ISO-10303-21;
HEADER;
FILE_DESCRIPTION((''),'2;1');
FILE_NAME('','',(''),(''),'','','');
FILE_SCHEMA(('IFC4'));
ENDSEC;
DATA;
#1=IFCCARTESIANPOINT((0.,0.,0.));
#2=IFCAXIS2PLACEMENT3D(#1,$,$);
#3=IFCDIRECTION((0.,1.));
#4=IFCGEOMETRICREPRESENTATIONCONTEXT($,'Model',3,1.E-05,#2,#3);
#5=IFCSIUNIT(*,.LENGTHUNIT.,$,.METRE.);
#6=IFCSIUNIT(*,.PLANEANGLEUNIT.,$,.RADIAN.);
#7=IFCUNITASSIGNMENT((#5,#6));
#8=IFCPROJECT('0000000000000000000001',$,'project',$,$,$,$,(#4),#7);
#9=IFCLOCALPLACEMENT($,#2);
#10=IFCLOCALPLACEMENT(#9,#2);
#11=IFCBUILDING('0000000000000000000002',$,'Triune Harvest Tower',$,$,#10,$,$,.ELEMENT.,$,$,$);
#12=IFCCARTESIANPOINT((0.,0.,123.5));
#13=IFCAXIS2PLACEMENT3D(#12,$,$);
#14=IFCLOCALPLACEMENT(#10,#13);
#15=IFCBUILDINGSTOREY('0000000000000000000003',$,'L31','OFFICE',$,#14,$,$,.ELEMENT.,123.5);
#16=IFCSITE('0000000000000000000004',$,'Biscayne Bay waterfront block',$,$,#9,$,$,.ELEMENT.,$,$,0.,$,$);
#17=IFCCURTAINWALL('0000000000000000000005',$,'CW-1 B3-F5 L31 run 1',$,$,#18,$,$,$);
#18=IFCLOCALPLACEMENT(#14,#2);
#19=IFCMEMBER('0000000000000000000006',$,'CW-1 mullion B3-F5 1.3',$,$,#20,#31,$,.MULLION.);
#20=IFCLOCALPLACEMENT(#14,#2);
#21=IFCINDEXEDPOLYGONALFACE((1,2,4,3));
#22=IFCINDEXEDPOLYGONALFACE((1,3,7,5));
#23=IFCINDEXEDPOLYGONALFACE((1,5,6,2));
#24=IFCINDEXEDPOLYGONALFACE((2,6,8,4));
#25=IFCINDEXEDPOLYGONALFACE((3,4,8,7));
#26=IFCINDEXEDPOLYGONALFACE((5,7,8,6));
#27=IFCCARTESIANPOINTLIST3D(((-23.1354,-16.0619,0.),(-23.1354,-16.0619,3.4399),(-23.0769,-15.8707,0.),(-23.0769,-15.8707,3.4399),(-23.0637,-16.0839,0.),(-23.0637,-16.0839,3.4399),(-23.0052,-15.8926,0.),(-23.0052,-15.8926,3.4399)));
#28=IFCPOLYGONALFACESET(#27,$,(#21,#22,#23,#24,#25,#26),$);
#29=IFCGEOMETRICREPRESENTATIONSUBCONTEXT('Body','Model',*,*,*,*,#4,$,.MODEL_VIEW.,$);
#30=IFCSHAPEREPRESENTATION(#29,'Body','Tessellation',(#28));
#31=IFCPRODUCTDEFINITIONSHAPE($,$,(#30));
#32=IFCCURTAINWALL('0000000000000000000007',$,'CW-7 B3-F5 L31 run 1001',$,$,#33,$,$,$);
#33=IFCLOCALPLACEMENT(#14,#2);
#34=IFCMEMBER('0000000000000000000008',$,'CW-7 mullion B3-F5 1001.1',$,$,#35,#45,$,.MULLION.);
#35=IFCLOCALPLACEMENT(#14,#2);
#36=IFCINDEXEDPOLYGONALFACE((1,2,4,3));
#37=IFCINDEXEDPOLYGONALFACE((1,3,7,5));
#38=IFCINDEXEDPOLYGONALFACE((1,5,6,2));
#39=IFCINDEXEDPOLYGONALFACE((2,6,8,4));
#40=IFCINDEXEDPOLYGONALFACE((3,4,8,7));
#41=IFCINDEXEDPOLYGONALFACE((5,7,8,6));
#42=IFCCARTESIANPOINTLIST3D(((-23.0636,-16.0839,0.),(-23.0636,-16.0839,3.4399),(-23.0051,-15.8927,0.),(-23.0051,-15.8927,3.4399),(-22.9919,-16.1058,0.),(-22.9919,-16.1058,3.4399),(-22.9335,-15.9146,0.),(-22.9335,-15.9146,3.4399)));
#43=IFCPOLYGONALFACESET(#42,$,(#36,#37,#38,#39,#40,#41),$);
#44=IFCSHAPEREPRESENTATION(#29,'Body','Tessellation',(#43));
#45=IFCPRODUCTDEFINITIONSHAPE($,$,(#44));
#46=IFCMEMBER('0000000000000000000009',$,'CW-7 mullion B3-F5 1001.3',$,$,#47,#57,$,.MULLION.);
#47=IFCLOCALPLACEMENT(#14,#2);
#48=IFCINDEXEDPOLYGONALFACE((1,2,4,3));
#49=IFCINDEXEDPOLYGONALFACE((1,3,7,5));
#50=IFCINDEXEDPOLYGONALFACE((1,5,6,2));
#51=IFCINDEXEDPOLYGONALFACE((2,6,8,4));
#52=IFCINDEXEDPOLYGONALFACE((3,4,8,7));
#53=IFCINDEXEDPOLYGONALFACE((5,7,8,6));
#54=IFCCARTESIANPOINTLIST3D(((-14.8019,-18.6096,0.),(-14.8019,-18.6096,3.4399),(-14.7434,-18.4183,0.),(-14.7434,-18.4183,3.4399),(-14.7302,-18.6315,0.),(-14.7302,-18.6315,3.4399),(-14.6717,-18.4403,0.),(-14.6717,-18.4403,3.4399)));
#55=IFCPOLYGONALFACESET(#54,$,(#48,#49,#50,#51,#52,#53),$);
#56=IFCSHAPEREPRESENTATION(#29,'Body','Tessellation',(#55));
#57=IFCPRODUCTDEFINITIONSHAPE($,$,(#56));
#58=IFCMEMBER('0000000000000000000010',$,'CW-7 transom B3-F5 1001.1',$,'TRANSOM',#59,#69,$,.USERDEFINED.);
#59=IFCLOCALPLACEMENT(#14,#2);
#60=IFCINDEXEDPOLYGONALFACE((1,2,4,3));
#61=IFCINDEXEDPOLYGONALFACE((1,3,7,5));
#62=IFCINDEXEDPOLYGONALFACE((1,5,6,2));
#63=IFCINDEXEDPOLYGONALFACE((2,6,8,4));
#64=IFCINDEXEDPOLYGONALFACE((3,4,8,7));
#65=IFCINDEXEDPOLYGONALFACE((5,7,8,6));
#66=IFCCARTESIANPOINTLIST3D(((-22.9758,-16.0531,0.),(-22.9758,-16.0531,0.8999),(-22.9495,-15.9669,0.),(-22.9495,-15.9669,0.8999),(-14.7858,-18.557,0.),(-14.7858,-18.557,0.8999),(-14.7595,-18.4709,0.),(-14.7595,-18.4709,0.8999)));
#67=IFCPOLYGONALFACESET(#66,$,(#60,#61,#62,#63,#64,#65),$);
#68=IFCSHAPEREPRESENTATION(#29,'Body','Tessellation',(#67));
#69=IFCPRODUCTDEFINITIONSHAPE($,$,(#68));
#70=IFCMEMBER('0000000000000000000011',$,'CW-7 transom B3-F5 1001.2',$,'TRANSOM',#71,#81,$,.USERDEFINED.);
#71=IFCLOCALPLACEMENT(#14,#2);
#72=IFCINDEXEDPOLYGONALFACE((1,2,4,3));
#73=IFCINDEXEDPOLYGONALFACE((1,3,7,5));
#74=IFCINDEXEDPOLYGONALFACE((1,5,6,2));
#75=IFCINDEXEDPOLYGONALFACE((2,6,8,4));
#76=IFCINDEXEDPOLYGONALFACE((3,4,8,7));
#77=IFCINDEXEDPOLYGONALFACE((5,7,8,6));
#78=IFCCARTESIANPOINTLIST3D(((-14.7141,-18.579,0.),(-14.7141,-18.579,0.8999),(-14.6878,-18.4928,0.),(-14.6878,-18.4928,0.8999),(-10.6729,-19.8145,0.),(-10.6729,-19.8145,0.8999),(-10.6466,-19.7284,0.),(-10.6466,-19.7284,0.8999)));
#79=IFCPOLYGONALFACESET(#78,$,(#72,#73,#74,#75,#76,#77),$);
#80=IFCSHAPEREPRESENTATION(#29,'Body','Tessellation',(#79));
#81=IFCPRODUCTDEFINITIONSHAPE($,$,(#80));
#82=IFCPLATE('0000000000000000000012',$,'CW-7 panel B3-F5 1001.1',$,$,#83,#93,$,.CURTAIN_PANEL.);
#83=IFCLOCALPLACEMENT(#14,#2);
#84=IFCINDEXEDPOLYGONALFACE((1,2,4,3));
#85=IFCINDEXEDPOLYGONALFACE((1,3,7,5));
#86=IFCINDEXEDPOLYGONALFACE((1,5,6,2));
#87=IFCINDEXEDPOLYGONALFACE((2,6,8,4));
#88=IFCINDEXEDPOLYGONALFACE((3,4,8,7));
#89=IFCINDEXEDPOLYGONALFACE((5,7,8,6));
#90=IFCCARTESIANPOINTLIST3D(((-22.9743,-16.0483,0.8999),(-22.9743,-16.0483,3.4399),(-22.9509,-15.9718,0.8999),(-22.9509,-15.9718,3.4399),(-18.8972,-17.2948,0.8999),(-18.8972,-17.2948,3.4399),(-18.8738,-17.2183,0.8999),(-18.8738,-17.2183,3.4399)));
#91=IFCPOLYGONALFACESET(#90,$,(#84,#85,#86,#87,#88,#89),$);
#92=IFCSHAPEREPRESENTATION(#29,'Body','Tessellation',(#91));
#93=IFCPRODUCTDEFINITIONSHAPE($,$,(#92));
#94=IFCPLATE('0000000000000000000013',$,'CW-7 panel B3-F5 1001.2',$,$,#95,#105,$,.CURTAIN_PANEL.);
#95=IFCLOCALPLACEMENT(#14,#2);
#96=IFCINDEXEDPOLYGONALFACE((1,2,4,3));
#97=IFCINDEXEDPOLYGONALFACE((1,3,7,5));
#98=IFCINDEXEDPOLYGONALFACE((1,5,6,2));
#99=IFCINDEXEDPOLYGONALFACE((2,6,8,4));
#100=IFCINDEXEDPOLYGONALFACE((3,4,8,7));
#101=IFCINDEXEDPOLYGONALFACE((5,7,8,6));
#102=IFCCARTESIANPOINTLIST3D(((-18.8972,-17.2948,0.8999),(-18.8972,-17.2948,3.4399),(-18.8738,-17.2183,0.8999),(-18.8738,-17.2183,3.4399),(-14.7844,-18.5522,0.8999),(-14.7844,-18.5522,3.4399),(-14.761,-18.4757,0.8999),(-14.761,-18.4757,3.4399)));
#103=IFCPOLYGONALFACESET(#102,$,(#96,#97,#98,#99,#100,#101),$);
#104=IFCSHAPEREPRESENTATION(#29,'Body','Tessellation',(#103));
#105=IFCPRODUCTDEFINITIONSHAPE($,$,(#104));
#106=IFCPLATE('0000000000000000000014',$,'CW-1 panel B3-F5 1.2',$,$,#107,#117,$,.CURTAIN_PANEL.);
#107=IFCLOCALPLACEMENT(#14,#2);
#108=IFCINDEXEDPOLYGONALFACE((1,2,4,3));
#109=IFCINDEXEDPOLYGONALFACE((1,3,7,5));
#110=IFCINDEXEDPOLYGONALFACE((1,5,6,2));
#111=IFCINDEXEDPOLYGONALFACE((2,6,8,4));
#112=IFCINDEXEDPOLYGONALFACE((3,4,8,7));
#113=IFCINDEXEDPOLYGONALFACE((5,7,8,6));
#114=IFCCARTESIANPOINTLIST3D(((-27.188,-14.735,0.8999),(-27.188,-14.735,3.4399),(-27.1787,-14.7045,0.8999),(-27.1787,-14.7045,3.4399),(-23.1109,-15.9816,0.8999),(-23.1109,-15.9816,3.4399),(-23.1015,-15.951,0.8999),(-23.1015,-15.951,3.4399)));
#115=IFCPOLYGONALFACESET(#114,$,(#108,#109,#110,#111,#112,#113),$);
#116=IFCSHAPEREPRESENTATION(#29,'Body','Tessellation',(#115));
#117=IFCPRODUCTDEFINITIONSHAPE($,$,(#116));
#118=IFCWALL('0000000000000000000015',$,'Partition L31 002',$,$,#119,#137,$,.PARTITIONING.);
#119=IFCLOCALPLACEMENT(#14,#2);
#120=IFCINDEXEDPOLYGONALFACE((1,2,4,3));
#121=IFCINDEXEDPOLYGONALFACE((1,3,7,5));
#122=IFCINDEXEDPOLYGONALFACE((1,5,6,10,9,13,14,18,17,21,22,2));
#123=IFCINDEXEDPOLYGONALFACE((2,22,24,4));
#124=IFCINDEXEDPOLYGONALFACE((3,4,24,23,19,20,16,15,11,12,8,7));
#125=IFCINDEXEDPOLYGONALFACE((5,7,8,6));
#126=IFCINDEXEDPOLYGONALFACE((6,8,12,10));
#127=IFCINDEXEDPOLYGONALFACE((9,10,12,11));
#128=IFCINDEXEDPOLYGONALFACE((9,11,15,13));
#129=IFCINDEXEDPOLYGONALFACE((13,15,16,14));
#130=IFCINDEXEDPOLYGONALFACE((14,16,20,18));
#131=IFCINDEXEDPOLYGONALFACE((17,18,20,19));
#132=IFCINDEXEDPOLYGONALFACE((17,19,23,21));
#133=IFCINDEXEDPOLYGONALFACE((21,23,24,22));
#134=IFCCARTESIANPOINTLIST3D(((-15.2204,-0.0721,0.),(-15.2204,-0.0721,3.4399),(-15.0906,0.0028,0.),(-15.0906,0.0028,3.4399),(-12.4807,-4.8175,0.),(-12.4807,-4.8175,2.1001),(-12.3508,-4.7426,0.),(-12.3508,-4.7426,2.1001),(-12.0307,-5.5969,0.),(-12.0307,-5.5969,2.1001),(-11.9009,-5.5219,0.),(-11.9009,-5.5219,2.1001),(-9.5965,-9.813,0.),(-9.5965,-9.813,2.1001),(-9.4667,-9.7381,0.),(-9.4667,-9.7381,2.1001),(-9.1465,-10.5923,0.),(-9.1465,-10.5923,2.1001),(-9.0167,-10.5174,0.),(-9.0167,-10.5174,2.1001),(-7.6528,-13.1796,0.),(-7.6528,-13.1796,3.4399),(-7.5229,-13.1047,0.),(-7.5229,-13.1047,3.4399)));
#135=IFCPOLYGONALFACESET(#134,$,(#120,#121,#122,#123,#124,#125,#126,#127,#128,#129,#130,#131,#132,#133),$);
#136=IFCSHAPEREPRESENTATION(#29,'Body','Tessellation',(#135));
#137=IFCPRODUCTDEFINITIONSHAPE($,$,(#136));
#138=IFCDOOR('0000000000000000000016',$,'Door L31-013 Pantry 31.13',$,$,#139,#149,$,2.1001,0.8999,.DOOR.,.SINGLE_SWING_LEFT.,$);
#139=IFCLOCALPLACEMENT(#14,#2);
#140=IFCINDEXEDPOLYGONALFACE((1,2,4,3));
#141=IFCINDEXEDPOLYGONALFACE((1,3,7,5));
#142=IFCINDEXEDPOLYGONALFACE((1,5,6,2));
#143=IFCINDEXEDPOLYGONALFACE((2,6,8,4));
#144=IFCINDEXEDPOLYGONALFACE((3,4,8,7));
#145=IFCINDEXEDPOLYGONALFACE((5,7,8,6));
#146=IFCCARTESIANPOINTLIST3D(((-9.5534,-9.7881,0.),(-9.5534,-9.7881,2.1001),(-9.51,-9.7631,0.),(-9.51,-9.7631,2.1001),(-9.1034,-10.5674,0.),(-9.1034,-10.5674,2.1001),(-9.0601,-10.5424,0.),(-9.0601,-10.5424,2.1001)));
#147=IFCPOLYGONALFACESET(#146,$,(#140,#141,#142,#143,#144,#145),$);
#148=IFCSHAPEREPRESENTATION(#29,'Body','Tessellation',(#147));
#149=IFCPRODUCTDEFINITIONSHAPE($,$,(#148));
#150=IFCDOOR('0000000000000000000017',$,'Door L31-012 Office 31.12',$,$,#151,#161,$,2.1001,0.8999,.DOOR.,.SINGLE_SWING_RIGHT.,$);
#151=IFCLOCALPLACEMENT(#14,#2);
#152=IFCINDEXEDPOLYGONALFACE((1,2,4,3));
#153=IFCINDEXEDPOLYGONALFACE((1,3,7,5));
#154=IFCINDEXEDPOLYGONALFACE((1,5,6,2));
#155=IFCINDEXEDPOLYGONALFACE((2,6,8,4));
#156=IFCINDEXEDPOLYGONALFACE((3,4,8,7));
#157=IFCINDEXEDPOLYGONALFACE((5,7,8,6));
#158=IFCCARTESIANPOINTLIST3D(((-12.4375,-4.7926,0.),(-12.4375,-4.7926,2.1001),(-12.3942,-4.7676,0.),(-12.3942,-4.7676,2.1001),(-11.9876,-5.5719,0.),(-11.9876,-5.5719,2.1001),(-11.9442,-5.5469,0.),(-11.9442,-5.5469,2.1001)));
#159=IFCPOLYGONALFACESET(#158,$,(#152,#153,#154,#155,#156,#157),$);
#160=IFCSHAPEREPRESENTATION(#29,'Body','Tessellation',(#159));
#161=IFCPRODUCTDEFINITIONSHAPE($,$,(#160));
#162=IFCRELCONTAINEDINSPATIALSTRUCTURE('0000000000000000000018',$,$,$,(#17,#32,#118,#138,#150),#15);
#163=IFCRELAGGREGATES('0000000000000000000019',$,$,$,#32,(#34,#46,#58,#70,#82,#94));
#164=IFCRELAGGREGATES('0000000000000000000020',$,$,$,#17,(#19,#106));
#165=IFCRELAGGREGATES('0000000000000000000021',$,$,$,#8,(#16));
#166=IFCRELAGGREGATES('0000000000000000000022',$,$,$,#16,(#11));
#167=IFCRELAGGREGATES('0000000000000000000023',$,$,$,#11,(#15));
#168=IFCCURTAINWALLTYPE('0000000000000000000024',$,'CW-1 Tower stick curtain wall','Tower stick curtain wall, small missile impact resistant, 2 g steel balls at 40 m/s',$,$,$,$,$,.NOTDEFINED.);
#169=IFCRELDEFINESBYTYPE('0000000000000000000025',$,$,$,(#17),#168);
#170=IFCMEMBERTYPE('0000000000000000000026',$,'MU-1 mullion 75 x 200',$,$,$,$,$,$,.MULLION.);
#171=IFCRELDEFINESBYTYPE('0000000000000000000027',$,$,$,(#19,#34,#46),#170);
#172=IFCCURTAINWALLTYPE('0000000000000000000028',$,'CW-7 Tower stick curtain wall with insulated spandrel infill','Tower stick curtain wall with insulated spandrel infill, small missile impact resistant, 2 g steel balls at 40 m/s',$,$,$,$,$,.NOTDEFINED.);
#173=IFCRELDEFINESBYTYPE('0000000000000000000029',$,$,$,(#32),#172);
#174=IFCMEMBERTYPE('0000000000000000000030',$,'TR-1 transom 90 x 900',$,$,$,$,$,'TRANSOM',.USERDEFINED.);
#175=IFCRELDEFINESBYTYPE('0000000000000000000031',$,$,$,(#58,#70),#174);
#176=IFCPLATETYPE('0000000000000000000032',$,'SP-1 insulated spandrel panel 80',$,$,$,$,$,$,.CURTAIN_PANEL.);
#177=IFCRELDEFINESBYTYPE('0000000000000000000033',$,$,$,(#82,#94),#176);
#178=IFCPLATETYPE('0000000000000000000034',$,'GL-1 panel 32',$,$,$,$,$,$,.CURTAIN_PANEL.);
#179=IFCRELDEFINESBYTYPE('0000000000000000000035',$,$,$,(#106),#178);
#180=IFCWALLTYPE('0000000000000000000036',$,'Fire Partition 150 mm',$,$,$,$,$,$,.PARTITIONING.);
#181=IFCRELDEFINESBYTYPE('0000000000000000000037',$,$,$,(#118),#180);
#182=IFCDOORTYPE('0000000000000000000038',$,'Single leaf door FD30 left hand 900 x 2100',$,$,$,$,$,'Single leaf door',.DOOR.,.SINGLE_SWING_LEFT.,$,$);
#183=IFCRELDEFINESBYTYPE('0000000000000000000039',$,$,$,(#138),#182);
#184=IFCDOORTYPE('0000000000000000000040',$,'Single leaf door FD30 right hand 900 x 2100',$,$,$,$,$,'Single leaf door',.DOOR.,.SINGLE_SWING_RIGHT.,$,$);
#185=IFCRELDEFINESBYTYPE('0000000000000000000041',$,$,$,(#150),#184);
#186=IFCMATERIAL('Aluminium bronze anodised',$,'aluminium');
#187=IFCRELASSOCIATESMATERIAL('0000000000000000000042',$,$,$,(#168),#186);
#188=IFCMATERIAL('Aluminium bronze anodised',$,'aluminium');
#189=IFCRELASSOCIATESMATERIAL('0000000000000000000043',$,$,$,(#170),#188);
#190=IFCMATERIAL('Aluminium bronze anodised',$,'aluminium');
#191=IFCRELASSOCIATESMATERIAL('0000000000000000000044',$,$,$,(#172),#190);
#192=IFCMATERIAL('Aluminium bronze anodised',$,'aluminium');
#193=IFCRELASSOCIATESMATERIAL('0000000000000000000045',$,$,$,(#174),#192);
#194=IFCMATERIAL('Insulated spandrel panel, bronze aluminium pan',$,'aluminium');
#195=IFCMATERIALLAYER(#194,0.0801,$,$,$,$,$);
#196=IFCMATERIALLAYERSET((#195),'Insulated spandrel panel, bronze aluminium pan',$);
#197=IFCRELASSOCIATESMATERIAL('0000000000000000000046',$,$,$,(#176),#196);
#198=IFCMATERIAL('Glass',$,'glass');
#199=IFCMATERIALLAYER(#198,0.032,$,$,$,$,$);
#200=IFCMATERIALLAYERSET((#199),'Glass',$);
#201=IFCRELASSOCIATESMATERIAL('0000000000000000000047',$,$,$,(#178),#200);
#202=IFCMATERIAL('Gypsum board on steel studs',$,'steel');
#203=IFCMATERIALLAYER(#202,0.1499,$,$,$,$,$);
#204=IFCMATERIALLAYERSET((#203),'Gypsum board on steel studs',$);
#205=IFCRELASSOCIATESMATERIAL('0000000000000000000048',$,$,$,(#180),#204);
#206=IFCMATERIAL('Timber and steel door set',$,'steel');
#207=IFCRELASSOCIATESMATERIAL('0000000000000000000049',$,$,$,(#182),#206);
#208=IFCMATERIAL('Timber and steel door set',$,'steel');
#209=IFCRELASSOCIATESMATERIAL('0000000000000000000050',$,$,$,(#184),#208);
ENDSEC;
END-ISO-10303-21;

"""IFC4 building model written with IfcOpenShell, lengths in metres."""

from ifc_helpers import new_model, si_unit, direction, frame, frame_2d, origin, origin_2d, place, context, subcontext, project, spatial, rectangle, extrude, source, transform, mapped, material, layer, layer_set, material_profile, profile_set, type_object, element, fill, aggregate, save


model = new_model("IFC4")

# Units and contexts
model_context = context("Model", 3, precision=1e-05, world=origin(), true_north=direction((0.0, 1.0)))
body_context = subcontext(model_context, "Body", "Model", "MODEL_VIEW")
ifc_project = project(units=[si_unit("LENGTHUNIT", "METRE"), si_unit("PLANEANGLEUNIT", "RADIAN")], contexts=[model_context])

# Site, building, storey
site_placement = place(None, origin())
site = spatial("IfcSite", under=ifc_project, at=site_placement, Name="Biscayne Bay waterfront block", CompositionType="ELEMENT", RefElevation=0.0)
building_placement = place(site_placement, origin())
building = spatial("IfcBuilding", under=site, at=building_placement, Name="Triune Harvest Tower", CompositionType="ELEMENT")
storey_placement = place(building_placement, frame((0.0, 0.0, 123.5)))
storey = spatial("IfcBuildingStorey", under=building, at=storey_placement, Name="L31", Description="OFFICE", CompositionType="ELEMENT", Elevation=123.5)

# Curtain wall, member
ifc_material_1 = material(Name="Aluminium bronze anodised", Category="aluminium")
curtain_wall_type_1 = type_object("IfcCurtainWallType", Name="CW-1 Tower stick curtain wall", Description="Tower stick curtain wall, small missile impact resistant, 2 g steel balls at 40 m/s", PredefinedType="NOTDEFINED", material=ifc_material_1)
curtain_wall_1_placement = place(storey_placement, origin())
curtain_wall_1 = element("IfcCurtainWall", 1, at=curtain_wall_1_placement, inside=storey, type_object=curtain_wall_type_1, Name="CW-1 B3-F5 L31 run 1")
ifc_material_2 = material(Name="Aluminium bronze anodised", Category="aluminium")
ifc_material_profile_1 = material_profile(ifc_material_2, rectangle(XDim=0.2, YDim=0.075, at=origin_2d()), Name="MU-1 mullion 75 x 200")
ifc_profile_set_1 = profile_set([ifc_material_profile_1], Name="Aluminium bronze anodised")
member_type_1 = type_object("IfcMemberType", Name="MU-1 mullion 75 x 200", PredefinedType="MULLION", material=ifc_profile_set_1)
shared_shape_1 = source(origin(), body_context, "Body", "SweptSolid", [
    extrude(rectangle(XDim=0.2, YDim=0.075, at=origin_2d()), origin(), (0.0, 0.0, 1.0), 3.4399),
])
member_1_placement = place(storey_placement, frame((-23.0703, -15.9773, 0.0), z_axis=(0.0, 0.0, 1.0), x_axis=(0.292377, 0.956303, 0.0)))
member_1 = element("IfcMember", 2, at=member_1_placement, type_object=member_type_1, Name="CW-1 mullion B3-F5 1.3", PredefinedType="MULLION", context=body_context, shape_type="MappedRepresentation", body=[
    mapped(shared_shape_1, transform((0.0, 0.0, 0.0), scale=1.0)),
])

# Curtain wall, members, plates
ifc_material_3 = material(Name="Aluminium bronze anodised", Category="aluminium")
curtain_wall_type_2 = type_object("IfcCurtainWallType", Name="CW-7 Tower stick curtain wall with insulated spandrel infill", Description="Tower stick curtain wall with insulated spandrel infill, small missile impact resistant, 2 g steel balls at 40 m/s", PredefinedType="NOTDEFINED", material=ifc_material_3)
curtain_wall_2_placement = place(storey_placement, origin())
curtain_wall_2 = element("IfcCurtainWall", 3, at=curtain_wall_2_placement, inside=storey, type_object=curtain_wall_type_2, Name="CW-7 B3-F5 L31 run 1001")
member_2_placement = place(storey_placement, frame((-22.9985, -15.9993, 0.0), z_axis=(0.0, 0.0, 1.0), x_axis=(0.292368, 0.956306, 0.0)))
member_2 = element("IfcMember", 4, at=member_2_placement, type_object=member_type_1, Name="CW-7 mullion B3-F5 1001.1", PredefinedType="MULLION", context=body_context, shape_type="MappedRepresentation", body=[
    mapped(shared_shape_1, transform((0.0, 0.0, 0.0), scale=1.0)),
])
member_3_placement = place(storey_placement, frame((-14.7368, -18.5249, 0.0), z_axis=(0.0, 0.0, 1.0), x_axis=(0.292368, 0.956306, 0.0)))
member_3 = element("IfcMember", 5, at=member_3_placement, type_object=member_type_1, Name="CW-7 mullion B3-F5 1001.3", PredefinedType="MULLION", context=body_context, shape_type="MappedRepresentation", body=[
    mapped(shared_shape_1, transform((0.0, 0.0, 0.0), scale=1.0)),
])
ifc_material_4 = material(Name="Aluminium bronze anodised", Category="aluminium")
ifc_material_profile_2 = material_profile(ifc_material_4, rectangle(XDim=0.0901, YDim=0.8999, at=origin_2d()), Name="TR-1 transom 90 x 900")
ifc_profile_set_2 = profile_set([ifc_material_profile_2], Name="Aluminium bronze anodised")
member_type_2 = type_object("IfcMemberType", Name="TR-1 transom 90 x 900", ElementType="TRANSOM", PredefinedType="USERDEFINED", material=ifc_profile_set_2)
shared_shape_2 = source(origin(), body_context, "Body", "SweptSolid", [
    extrude(rectangle(XDim=0.0901, YDim=0.8999, at=origin_2d()), origin(), (0.0, 0.0, 1.0), 8.5642),
])
member_4_placement = place(storey_placement, frame((-22.9626, -16.01, 0.45), z_axis=(0.956305, -0.292371, 0.0), x_axis=(0.292371, 0.956305, 0.0)))
member_4 = element("IfcMember", 6, at=member_4_placement, type_object=member_type_2, Name="CW-7 transom B3-F5 1001.1", ObjectType="TRANSOM", PredefinedType="USERDEFINED", context=body_context, shape_type="MappedRepresentation", body=[
    mapped(shared_shape_2, transform((0.0, 0.0, 0.0), scale=1.0)),
])
shared_shape_3 = source(origin(), body_context, "Body", "SweptSolid", [
    extrude(rectangle(XDim=0.0901, YDim=0.8999, at=origin_2d()), origin(), (0.0, 0.0, 1.0), 4.2258),
])
member_5_placement = place(storey_placement, frame((-14.7009, -18.5359, 0.45), z_axis=(0.956301, -0.292384, 0.0), x_axis=(0.292384, 0.956301, 0.0)))
member_5 = element("IfcMember", 7, at=member_5_placement, type_object=member_type_2, Name="CW-7 transom B3-F5 1001.2", ObjectType="TRANSOM", PredefinedType="USERDEFINED", context=body_context, shape_type="MappedRepresentation", body=[
    mapped(shared_shape_3, transform((0.0, 0.0, 0.0), scale=1.0)),
])
ifc_material_5 = material(Name="Insulated spandrel panel, bronze aluminium pan", Category="aluminium")
ifc_layer_1 = layer(ifc_material_5, 0.0801)
ifc_layer_set_1 = layer_set([ifc_layer_1], Name="Insulated spandrel panel, bronze aluminium pan")
plate_type_1 = type_object("IfcPlateType", Name="SP-1 insulated spandrel panel 80", PredefinedType="CURTAIN_PANEL", material=ifc_layer_set_1)
shared_shape_4 = source(origin(), body_context, "Body", "SweptSolid", [
    extrude(rectangle(XDim=4.2634, YDim=0.0801, at=origin_2d()), origin(), (0.0, 0.0, 1.0), 2.54),
])
plate_1_placement = place(storey_placement, frame((-20.9241, -16.6333, 0.8999), z_axis=(0.0, 0.0, 1.0), x_axis=(0.956306, -0.292368, 0.0)))
plate_1 = element("IfcPlate", 8, at=plate_1_placement, type_object=plate_type_1, Name="CW-7 panel B3-F5 1001.1", PredefinedType="CURTAIN_PANEL", context=body_context, shape_type="MappedRepresentation", body=[
    mapped(shared_shape_4, transform((0.0, 0.0, 0.0), scale=1.0)),
])
shared_shape_5 = source(origin(), body_context, "Body", "SweptSolid", [
    extrude(rectangle(XDim=4.3008, YDim=0.0801, at=origin_2d()), origin(), (0.0, 0.0, 1.0), 2.54),
])
plate_2_placement = place(storey_placement, frame((-16.8291, -17.8853, 0.8999), z_axis=(0.0, 0.0, 1.0), x_axis=(0.956306, -0.292368, 0.0)))
plate_2 = element("IfcPlate", 9, at=plate_2_placement, type_object=plate_type_1, Name="CW-7 panel B3-F5 1001.2", PredefinedType="CURTAIN_PANEL", context=body_context, shape_type="MappedRepresentation", body=[
    mapped(shared_shape_5, transform((0.0, 0.0, 0.0), scale=1.0)),
])
aggregate(curtain_wall_2, [member_2, member_3, member_4, member_5, plate_1, plate_2])

# Plate
ifc_material_6 = material(Name="Glass", Category="glass")
ifc_layer_2 = layer(ifc_material_6, 0.032)
ifc_layer_set_2 = layer_set([ifc_layer_2], Name="Glass")
plate_type_2 = type_object("IfcPlateType", Name="GL-1 panel 32", PredefinedType="CURTAIN_PANEL", material=ifc_layer_set_2)
shared_shape_6 = source(origin(), body_context, "Body", "SweptSolid", [
    extrude(rectangle(XDim=4.2634, YDim=0.032, at=origin_2d()), origin(), (0.0, 0.0, 1.0), 2.54),
])
plate_3_placement = place(storey_placement, frame((-25.1448, -15.343, 0.8999), z_axis=(0.0, 0.0, 1.0), x_axis=(0.956303, -0.292377, 0.0)))
plate_3 = element("IfcPlate", 10, at=plate_3_placement, type_object=plate_type_2, Name="CW-1 panel B3-F5 1.2", PredefinedType="CURTAIN_PANEL", context=body_context, shape_type="MappedRepresentation", body=[
    mapped(shared_shape_6, transform((0.0, 0.0, 0.0), scale=1.0)),
])
aggregate(curtain_wall_1, [member_1, plate_3])

# Wall, openings, doors
ifc_material_7 = material(Name="Gypsum board on steel studs", Category="steel")
ifc_layer_3 = layer(ifc_material_7, 0.1499)
ifc_layer_set_3 = layer_set([ifc_layer_3], Name="Gypsum board on steel studs")
wall_type_1 = type_object("IfcWallType", Name="Fire Partition 150 mm", PredefinedType="PARTITIONING", material=ifc_layer_set_3)
wall_1_placement = place(storey_placement, frame((-15.1555, -0.0347, 0.0), z_axis=(0.0, 0.0, 1.0), x_axis=(0.500003, -0.866024, 0.0)))
wall_1 = element("IfcWall", 11, at=wall_1_placement, inside=storey, type_object=wall_type_1, Name="Partition L31 002", PredefinedType="PARTITIONING", context=body_context, shape_type="SweptSolid", body=[
    extrude(rectangle(XDim=15.1353, YDim=0.1499, at=frame_2d((7.5676, 0.0))), origin(), (0.0, 0.0, 1.0), 3.4399),
])
opening_1_placement = place(wall_1_placement, frame((5.4795, 0.0, 0.0)))
opening_1 = element("IfcOpeningElement", 12, at=opening_1_placement, cuts=wall_1, PredefinedType="OPENING", context=body_context, shape_type="SweptSolid", body=[
    extrude(rectangle(XDim=0.8999, YDim=2.1001, at=frame_2d((0.45, 1.05))), frame((0.0, 0.085, 0.0), z_axis=(0.0, -1.0, 0.0), x_axis=(1.0, 0.0, 0.0)), (0.0, 0.0, 1.0), 0.1699),
])
opening_2_placement = place(wall_1_placement, frame((11.2478, 0.0, 0.0)))
opening_2 = element("IfcOpeningElement", 13, at=opening_2_placement, cuts=wall_1, PredefinedType="OPENING", context=body_context, shape_type="SweptSolid", body=[
    extrude(rectangle(XDim=0.8999, YDim=2.1001, at=frame_2d((0.45, 1.05))), frame((0.0, 0.085, 0.0), z_axis=(0.0, -1.0, 0.0), x_axis=(1.0, 0.0, 0.0)), (0.0, 0.0, 1.0), 0.1699),
])
ifc_material_8 = material(Name="Timber and steel door set", Category="steel")
door_type_1 = type_object("IfcDoorType", Name="Single leaf door FD30 left hand 900 x 2100", ElementType="Single leaf door", OperationType="SINGLE_SWING_LEFT", PredefinedType="DOOR", material=ifc_material_8)
door_1_placement = place(opening_2_placement, origin())
door_1 = element("IfcDoor", 14, at=door_1_placement, inside=storey, type_object=door_type_1, Name="Door L31-013 Pantry 31.13", OperationType="SINGLE_SWING_LEFT", OverallHeight=2.1001, OverallWidth=0.8999, PredefinedType="DOOR", context=body_context, shape_type="SweptSolid", body=[
    extrude(rectangle(XDim=0.8999, YDim=2.1001, at=frame_2d((0.45, 1.05))), frame((0.0, 0.0249, 0.0), z_axis=(0.0, -1.0, 0.0), x_axis=(1.0, 0.0, 0.0)), (0.0, 0.0, 1.0), 0.05),
])
fill(opening_2, door_1)
ifc_material_9 = material(Name="Timber and steel door set", Category="steel")
door_type_2 = type_object("IfcDoorType", Name="Single leaf door FD30 right hand 900 x 2100", ElementType="Single leaf door", OperationType="SINGLE_SWING_RIGHT", PredefinedType="DOOR", material=ifc_material_9)
door_2_placement = place(opening_1_placement, origin())
door_2 = element("IfcDoor", 15, at=door_2_placement, inside=storey, type_object=door_type_2, Name="Door L31-012 Office 31.12", OperationType="SINGLE_SWING_RIGHT", OverallHeight=2.1001, OverallWidth=0.8999, PredefinedType="DOOR", context=body_context, shape_type="SweptSolid", body=[
    extrude(rectangle(XDim=0.8999, YDim=2.1001, at=frame_2d((0.45, 1.05))), frame((0.0, 0.0249, 0.0), z_axis=(0.0, -1.0, 0.0), x_axis=(1.0, 0.0, 0.0)), (0.0, 0.0, 1.0), 0.05),
])
fill(opening_1, door_2)

save(model, "model.ifc")
